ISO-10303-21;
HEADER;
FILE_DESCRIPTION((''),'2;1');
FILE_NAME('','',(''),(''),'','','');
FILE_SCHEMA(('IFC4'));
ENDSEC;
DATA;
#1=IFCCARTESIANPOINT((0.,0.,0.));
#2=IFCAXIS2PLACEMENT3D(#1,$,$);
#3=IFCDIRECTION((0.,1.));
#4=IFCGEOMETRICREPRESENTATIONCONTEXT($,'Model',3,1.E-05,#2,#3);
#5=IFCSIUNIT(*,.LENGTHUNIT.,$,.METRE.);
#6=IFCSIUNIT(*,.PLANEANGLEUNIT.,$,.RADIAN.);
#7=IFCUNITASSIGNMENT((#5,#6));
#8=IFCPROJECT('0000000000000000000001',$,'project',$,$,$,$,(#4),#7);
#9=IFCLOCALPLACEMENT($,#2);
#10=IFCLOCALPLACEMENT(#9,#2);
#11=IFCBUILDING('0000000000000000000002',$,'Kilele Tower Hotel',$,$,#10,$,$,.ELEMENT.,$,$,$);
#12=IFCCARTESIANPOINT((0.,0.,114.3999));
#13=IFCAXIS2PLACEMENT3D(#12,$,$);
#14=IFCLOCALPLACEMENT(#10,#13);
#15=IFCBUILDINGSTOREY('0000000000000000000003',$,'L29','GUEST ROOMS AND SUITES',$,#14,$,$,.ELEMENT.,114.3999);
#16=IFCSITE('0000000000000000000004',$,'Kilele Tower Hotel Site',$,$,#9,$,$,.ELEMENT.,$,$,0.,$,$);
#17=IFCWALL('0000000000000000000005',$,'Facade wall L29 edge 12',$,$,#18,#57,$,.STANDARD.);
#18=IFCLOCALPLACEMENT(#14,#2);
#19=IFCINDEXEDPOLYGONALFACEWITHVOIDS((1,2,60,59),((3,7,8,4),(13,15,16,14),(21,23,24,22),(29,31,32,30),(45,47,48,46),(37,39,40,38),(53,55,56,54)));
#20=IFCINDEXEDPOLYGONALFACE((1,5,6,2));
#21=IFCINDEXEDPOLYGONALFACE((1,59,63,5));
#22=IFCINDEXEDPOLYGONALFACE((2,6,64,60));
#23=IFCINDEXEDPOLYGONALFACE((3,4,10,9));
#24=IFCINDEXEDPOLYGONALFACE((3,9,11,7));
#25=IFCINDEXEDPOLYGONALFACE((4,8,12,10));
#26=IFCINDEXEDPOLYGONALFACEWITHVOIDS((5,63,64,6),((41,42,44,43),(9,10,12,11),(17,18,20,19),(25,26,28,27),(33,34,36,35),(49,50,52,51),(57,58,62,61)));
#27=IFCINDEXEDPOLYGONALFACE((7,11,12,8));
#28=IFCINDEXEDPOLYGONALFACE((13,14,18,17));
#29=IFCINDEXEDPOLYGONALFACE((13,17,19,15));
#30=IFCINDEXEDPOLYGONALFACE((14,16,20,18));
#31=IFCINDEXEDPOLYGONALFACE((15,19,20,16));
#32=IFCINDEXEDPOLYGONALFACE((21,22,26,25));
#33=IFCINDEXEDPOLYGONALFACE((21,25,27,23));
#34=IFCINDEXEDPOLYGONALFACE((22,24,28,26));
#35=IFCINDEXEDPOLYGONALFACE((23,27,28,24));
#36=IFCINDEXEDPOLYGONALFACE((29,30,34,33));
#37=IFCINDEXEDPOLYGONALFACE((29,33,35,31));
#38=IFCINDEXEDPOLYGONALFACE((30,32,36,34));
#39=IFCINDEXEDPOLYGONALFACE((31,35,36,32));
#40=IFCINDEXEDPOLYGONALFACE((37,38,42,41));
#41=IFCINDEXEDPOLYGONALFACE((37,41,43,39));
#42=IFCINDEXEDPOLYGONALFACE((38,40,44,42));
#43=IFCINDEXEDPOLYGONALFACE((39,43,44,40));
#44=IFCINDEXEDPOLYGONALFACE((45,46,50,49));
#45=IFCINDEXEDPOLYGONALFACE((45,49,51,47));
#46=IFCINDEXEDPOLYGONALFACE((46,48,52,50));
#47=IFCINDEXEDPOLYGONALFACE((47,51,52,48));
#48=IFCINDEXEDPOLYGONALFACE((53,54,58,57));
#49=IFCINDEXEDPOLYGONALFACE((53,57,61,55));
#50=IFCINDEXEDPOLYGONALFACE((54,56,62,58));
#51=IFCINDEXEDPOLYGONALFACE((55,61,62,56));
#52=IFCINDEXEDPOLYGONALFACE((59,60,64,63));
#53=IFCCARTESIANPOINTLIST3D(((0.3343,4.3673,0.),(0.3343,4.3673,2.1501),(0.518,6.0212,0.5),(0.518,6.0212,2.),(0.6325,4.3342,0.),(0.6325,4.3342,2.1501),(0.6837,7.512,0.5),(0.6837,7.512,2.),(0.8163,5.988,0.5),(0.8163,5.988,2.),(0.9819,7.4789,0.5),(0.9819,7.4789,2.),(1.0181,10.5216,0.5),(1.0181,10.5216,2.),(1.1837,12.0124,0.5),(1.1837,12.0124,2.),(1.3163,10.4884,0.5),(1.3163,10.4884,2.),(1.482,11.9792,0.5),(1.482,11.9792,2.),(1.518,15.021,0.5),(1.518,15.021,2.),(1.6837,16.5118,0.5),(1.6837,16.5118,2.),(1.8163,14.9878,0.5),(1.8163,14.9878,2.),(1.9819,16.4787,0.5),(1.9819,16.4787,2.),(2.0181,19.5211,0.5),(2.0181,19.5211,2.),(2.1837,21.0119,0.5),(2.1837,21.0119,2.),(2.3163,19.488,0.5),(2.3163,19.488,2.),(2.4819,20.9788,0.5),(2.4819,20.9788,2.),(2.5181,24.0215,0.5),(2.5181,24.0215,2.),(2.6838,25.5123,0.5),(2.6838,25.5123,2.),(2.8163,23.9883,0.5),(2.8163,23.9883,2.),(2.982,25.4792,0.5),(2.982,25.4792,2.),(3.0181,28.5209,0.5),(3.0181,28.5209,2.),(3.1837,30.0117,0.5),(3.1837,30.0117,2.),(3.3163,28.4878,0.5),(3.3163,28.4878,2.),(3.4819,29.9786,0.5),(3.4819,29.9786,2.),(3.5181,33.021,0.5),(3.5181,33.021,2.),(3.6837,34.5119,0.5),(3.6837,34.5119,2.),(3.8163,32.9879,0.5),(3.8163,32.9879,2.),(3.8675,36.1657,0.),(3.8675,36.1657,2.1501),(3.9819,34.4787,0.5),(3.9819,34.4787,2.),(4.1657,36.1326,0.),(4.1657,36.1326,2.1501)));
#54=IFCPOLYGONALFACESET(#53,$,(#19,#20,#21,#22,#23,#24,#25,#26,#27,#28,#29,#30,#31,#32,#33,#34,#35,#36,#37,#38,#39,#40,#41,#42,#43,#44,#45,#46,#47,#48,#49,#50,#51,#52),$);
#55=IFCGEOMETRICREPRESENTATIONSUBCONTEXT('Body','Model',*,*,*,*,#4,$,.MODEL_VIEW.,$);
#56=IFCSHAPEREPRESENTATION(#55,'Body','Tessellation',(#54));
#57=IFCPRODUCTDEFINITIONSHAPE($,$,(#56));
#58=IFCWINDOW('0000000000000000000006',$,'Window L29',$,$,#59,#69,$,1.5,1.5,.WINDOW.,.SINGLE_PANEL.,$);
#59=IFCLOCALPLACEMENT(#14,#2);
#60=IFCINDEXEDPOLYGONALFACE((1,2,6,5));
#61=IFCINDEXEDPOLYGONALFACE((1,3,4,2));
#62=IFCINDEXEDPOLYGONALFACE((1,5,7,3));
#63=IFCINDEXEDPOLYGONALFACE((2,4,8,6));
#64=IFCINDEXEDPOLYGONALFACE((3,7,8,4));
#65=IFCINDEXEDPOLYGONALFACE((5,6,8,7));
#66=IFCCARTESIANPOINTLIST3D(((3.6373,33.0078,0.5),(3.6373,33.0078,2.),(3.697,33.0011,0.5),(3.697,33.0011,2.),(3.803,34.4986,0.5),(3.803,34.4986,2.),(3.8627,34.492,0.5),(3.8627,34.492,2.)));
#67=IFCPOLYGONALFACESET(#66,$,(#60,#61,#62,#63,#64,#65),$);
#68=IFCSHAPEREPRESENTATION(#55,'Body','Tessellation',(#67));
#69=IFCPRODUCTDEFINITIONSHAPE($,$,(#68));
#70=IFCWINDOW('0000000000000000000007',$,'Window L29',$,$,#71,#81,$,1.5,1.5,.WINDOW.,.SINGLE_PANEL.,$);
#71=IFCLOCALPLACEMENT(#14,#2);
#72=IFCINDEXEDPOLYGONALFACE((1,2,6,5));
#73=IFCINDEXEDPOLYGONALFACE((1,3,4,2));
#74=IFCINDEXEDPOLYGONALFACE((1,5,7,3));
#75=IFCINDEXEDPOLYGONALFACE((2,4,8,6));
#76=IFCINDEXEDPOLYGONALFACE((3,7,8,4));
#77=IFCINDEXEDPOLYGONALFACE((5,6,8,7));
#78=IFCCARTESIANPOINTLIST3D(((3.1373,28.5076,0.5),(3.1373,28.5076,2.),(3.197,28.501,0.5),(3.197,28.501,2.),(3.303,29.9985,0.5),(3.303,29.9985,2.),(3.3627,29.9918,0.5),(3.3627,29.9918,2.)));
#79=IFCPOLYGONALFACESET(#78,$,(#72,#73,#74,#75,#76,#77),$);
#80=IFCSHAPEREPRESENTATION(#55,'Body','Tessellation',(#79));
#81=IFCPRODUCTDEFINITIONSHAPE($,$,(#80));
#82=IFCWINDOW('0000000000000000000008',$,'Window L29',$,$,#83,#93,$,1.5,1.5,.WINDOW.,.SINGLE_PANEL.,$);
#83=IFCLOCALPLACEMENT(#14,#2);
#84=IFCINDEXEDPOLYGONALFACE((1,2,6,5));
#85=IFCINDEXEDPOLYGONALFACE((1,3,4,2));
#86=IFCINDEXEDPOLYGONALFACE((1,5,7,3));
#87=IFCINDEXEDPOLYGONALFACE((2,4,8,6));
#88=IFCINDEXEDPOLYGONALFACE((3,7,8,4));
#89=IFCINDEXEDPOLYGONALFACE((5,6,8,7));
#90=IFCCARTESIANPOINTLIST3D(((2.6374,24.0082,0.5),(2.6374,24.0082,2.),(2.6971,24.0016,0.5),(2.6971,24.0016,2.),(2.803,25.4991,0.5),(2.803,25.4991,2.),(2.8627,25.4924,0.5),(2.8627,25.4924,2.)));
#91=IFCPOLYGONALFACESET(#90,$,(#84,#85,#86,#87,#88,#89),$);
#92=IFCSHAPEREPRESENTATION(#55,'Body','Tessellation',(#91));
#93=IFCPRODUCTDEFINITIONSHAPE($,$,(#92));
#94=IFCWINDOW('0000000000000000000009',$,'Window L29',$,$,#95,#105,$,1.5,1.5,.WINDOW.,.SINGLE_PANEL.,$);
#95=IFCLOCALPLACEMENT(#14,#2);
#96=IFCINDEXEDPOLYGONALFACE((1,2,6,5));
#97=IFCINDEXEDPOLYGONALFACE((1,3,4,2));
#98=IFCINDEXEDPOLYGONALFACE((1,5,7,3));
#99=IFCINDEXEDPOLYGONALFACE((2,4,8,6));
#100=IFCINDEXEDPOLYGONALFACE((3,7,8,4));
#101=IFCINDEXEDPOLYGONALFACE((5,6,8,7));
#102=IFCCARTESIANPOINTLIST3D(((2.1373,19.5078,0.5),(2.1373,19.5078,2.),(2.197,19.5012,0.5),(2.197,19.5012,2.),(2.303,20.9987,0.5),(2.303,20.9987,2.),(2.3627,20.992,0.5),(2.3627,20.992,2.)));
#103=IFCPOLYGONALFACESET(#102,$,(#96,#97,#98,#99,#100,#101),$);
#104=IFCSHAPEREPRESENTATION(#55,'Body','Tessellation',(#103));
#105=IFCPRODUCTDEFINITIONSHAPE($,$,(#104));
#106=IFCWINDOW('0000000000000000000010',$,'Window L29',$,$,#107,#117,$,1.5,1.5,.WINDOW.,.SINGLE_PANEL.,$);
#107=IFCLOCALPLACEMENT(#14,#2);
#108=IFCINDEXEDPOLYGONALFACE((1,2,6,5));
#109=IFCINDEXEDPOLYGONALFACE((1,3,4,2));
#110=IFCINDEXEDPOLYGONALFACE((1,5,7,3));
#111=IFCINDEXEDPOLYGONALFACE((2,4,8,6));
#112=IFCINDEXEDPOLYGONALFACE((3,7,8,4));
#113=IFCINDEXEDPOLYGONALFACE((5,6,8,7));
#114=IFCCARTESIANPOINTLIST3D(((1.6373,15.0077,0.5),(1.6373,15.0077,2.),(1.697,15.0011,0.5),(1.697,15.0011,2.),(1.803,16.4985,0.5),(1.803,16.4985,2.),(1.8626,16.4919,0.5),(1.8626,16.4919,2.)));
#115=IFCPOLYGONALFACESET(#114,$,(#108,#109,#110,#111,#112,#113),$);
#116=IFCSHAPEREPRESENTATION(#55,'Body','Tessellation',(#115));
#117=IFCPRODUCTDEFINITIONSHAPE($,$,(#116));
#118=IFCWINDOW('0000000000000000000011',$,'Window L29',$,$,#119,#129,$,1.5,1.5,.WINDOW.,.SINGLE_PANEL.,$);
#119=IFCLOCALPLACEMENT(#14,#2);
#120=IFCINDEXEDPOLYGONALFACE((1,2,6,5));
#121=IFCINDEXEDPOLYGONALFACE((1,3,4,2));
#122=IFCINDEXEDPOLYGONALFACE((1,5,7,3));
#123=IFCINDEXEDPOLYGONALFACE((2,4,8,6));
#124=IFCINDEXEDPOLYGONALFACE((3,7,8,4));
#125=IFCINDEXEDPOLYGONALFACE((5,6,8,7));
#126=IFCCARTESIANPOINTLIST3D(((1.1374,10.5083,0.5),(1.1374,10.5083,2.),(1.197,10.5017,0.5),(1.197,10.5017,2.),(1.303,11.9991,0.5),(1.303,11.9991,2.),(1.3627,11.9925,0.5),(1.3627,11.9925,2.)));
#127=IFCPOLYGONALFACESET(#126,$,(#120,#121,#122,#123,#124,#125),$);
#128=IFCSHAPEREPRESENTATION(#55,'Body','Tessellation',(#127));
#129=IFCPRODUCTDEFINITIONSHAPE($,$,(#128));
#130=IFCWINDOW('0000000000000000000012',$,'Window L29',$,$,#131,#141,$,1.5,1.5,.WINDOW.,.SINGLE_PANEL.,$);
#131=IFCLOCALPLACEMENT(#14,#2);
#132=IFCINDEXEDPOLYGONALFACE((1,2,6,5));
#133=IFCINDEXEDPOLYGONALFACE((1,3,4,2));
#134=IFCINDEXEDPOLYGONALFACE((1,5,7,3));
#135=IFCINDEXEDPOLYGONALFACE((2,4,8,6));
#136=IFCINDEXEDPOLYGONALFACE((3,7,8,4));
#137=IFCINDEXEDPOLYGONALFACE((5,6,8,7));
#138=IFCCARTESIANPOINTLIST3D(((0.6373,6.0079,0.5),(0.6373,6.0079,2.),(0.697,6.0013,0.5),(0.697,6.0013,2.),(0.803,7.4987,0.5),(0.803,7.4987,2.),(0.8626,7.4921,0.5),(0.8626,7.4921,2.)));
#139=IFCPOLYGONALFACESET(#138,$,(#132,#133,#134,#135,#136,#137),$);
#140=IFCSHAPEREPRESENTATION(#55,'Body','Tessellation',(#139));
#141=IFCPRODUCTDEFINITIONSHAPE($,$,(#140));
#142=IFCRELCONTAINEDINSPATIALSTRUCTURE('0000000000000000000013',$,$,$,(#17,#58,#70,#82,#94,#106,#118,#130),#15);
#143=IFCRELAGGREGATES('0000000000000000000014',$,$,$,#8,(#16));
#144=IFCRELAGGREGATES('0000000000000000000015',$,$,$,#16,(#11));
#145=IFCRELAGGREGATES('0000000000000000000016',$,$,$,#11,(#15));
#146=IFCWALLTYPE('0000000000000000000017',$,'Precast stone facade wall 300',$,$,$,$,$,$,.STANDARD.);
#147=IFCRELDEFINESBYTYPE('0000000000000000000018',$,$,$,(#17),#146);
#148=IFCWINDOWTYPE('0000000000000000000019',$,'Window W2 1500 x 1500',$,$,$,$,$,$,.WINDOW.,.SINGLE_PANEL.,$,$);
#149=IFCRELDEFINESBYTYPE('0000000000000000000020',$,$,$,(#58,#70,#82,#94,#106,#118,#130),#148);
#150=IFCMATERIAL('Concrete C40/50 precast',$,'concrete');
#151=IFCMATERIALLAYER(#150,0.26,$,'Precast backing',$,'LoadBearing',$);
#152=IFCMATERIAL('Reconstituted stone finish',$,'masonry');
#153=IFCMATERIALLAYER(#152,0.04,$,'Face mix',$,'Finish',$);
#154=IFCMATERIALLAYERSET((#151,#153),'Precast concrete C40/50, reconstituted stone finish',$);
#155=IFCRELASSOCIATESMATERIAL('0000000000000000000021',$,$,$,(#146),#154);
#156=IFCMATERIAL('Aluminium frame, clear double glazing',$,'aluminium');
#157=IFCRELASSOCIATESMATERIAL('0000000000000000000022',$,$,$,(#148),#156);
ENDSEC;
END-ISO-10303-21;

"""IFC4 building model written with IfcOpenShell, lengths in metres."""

from ifc_helpers import new_model, si_unit, direction, frame, frame_2d, origin, place, context, subcontext, project, spatial, rectangle, extrude, material, layer, layer_set, type_object, element, fill, save


model = new_model("IFC4")

# Units and contexts
model_context = context("Model", 3, precision=1e-05, world=origin(), true_north=direction((0.0, 1.0)))
body_context = subcontext(model_context, "Body", "Model", "MODEL_VIEW")
ifc_project = project(units=[si_unit("LENGTHUNIT", "METRE"), si_unit("PLANEANGLEUNIT", "RADIAN")], contexts=[model_context])

# Site, building, storey
site_placement = place(None, origin())
site = spatial("IfcSite", under=ifc_project, at=site_placement, Name="Kilele Tower Hotel Site", CompositionType="ELEMENT", RefElevation=0.0)
building_placement = place(site_placement, origin())
building = spatial("IfcBuilding", under=site, at=building_placement, Name="Kilele Tower Hotel", CompositionType="ELEMENT")
storey_placement = place(building_placement, frame((0.0, 0.0, 114.3999)))
storey = spatial("IfcBuildingStorey", under=building, at=storey_placement, Name="L29", Description="GUEST ROOMS AND SUITES", CompositionType="ELEMENT", Elevation=114.3999)

# Shared definitions
ifc_material_1 = material(Name="Concrete C40/50 precast", Category="concrete")
ifc_layer_1 = layer(ifc_material_1, 0.26, Name="Precast backing", Category="LoadBearing")
ifc_material_2 = material(Name="Reconstituted stone finish", Category="masonry")
ifc_layer_2 = layer(ifc_material_2, 0.04, Name="Face mix", Category="Finish")
ifc_layer_set_1 = layer_set([ifc_layer_1, ifc_layer_2], Name="Precast concrete C40/50, reconstituted stone finish")
wall_type_1 = type_object("IfcWallType", Name="Precast stone facade wall 300", PredefinedType="STANDARD", material=ifc_layer_set_1)
ifc_material_3 = material(Name="Aluminium frame, clear double glazing", Category="aluminium")
window_type_1 = type_object("IfcWindowType", Name="Window W2 1500 x 1500", PartitioningType="SINGLE_PANEL", PredefinedType="WINDOW", material=ifc_material_3)

# Wall, openings, windows
wall_1_placement = place(storey_placement, frame((4.0166, 36.1492, 0.0), z_axis=(0.0, 0.0, 1.0), x_axis=(-0.110433, -0.993884, 0.0)))
wall_1 = element("IfcWall", 1, at=wall_1_placement, inside=storey, type_object=wall_type_1, Name="Facade wall L29 edge 12", PredefinedType="STANDARD", context=body_context, shape_type="SweptSolid", body=[
    extrude(rectangle(XDim=31.9941, YDim=0.3, at=frame_2d((15.9971, 0.0))), origin(), (0.0, 0.0, 1.0), 2.1501),
])
opening_1_placement = place(wall_1_placement, frame((1.6641, 0.0, 0.5)))
opening_1 = element("IfcOpeningElement", 2, at=opening_1_placement, cuts=wall_1, PredefinedType="OPENING", context=body_context, shape_type="SweptSolid", body=[
    extrude(rectangle(XDim=1.5, YDim=1.5, at=frame_2d((0.75, 0.75))), frame((0.0, 0.1599, 0.0), z_axis=(0.0, -1.0, 0.0), x_axis=(1.0, 0.0, 0.0)), (0.0, 0.0, 1.0), 0.3201),
])
opening_2_placement = place(wall_1_placement, frame((6.1919, 0.0, 0.5)))
opening_2 = element("IfcOpeningElement", 3, at=opening_2_placement, cuts=wall_1, PredefinedType="OPENING", context=body_context, shape_type="SweptSolid", body=[
    extrude(rectangle(XDim=1.5, YDim=1.5, at=frame_2d((0.75, 0.75))), frame((0.0, 0.1599, 0.0), z_axis=(0.0, -1.0, 0.0), x_axis=(1.0, 0.0, 0.0)), (0.0, 0.0, 1.0), 0.3201),
])
opening_3_placement = place(wall_1_placement, frame((10.719, 0.0, 0.5)))
opening_3 = element("IfcOpeningElement", 4, at=opening_3_placement, cuts=wall_1, PredefinedType="OPENING", context=body_context, shape_type="SweptSolid", body=[
    extrude(rectangle(XDim=1.5, YDim=1.5, at=frame_2d((0.75, 0.75))), frame((0.0, 0.1599, 0.0), z_axis=(0.0, -1.0, 0.0), x_axis=(1.0, 0.0, 0.0)), (0.0, 0.0, 1.0), 0.3201),
])
opening_4_placement = place(wall_1_placement, frame((15.2471, 0.0, 0.5)))
opening_4 = element("IfcOpeningElement", 5, at=opening_4_placement, cuts=wall_1, PredefinedType="OPENING", context=body_context, shape_type="SweptSolid", body=[
    extrude(rectangle(XDim=1.5, YDim=1.5, at=frame_2d((0.75, 0.75))), frame((0.0, 0.1599, 0.0), z_axis=(0.0, -1.0, 0.0), x_axis=(1.0, 0.0, 0.0)), (0.0, 0.0, 1.0), 0.3201),
])
opening_5_placement = place(wall_1_placement, frame((19.7749, 0.0, 0.5)))
opening_5 = element("IfcOpeningElement", 6, at=opening_5_placement, cuts=wall_1, PredefinedType="OPENING", context=body_context, shape_type="SweptSolid", body=[
    extrude(rectangle(XDim=1.5, YDim=1.5, at=frame_2d((0.75, 0.75))), frame((0.0, 0.1599, 0.0), z_axis=(0.0, -1.0, 0.0), x_axis=(1.0, 0.0, 0.0)), (0.0, 0.0, 1.0), 0.3201),
])
opening_6_placement = place(wall_1_placement, frame((24.302, 0.0, 0.5)))
opening_6 = element("IfcOpeningElement", 7, at=opening_6_placement, cuts=wall_1, PredefinedType="OPENING", context=body_context, shape_type="SweptSolid", body=[
    extrude(rectangle(XDim=1.5, YDim=1.5, at=frame_2d((0.75, 0.75))), frame((0.0, 0.1599, 0.0), z_axis=(0.0, -1.0, 0.0), x_axis=(1.0, 0.0, 0.0)), (0.0, 0.0, 1.0), 0.3201),
])
opening_7_placement = place(wall_1_placement, frame((28.8301, 0.0, 0.5)))
opening_7 = element("IfcOpeningElement", 8, at=opening_7_placement, cuts=wall_1, PredefinedType="OPENING", context=body_context, shape_type="SweptSolid", body=[
    extrude(rectangle(XDim=1.5, YDim=1.5, at=frame_2d((0.75, 0.75))), frame((0.0, 0.1599, 0.0), z_axis=(0.0, -1.0, 0.0), x_axis=(1.0, 0.0, 0.0)), (0.0, 0.0, 1.0), 0.3201),
])
window_1_placement = place(opening_1_placement, origin())
window_1 = element("IfcWindow", 9, at=window_1_placement, inside=storey, type_object=window_type_1, Name="Window L29", OverallHeight=1.5, OverallWidth=1.5, PartitioningType="SINGLE_PANEL", PredefinedType="WINDOW", context=body_context, shape_type="SweptSolid", body=[
    extrude(rectangle(XDim=1.5, YDim=1.5, at=frame_2d((0.75, 0.75))), frame((0.0, 0.03, 0.0), z_axis=(0.0, -1.0, 0.0), x_axis=(1.0, 0.0, 0.0)), (0.0, 0.0, 1.0), 0.0601),
])
fill(opening_1, window_1)
window_2_placement = place(opening_2_placement, origin())
window_2 = element("IfcWindow", 10, at=window_2_placement, inside=storey, type_object=window_type_1, Name="Window L29", OverallHeight=1.5, OverallWidth=1.5, PartitioningType="SINGLE_PANEL", PredefinedType="WINDOW", context=body_context, shape_type="SweptSolid", body=[
    extrude(rectangle(XDim=1.5, YDim=1.5, at=frame_2d((0.75, 0.75))), frame((0.0, 0.03, 0.0), z_axis=(0.0, -1.0, 0.0), x_axis=(1.0, 0.0, 0.0)), (0.0, 0.0, 1.0), 0.0601),
])
fill(opening_2, window_2)
window_3_placement = place(opening_3_placement, origin())
window_3 = element("IfcWindow", 11, at=window_3_placement, inside=storey, type_object=window_type_1, Name="Window L29", OverallHeight=1.5, OverallWidth=1.5, PartitioningType="SINGLE_PANEL", PredefinedType="WINDOW", context=body_context, shape_type="SweptSolid", body=[
    extrude(rectangle(XDim=1.5, YDim=1.5, at=frame_2d((0.75, 0.75))), frame((0.0, 0.03, 0.0), z_axis=(0.0, -1.0, 0.0), x_axis=(1.0, 0.0, 0.0)), (0.0, 0.0, 1.0), 0.0601),
])
fill(opening_3, window_3)
window_4_placement = place(opening_4_placement, origin())
window_4 = element("IfcWindow", 12, at=window_4_placement, inside=storey, type_object=window_type_1, Name="Window L29", OverallHeight=1.5, OverallWidth=1.5, PartitioningType="SINGLE_PANEL", PredefinedType="WINDOW", context=body_context, shape_type="SweptSolid", body=[
    extrude(rectangle(XDim=1.5, YDim=1.5, at=frame_2d((0.75, 0.75))), frame((0.0, 0.03, 0.0), z_axis=(0.0, -1.0, 0.0), x_axis=(1.0, 0.0, 0.0)), (0.0, 0.0, 1.0), 0.0601),
])
fill(opening_4, window_4)
window_5_placement = place(opening_5_placement, origin())
window_5 = element("IfcWindow", 13, at=window_5_placement, inside=storey, type_object=window_type_1, Name="Window L29", OverallHeight=1.5, OverallWidth=1.5, PartitioningType="SINGLE_PANEL", PredefinedType="WINDOW", context=body_context, shape_type="SweptSolid", body=[
    extrude(rectangle(XDim=1.5, YDim=1.5, at=frame_2d((0.75, 0.75))), frame((0.0, 0.03, 0.0), z_axis=(0.0, -1.0, 0.0), x_axis=(1.0, 0.0, 0.0)), (0.0, 0.0, 1.0), 0.0601),
])
fill(opening_5, window_5)
window_6_placement = place(opening_6_placement, origin())
window_6 = element("IfcWindow", 14, at=window_6_placement, inside=storey, type_object=window_type_1, Name="Window L29", OverallHeight=1.5, OverallWidth=1.5, PartitioningType="SINGLE_PANEL", PredefinedType="WINDOW", context=body_context, shape_type="SweptSolid", body=[
    extrude(rectangle(XDim=1.5, YDim=1.5, at=frame_2d((0.75, 0.75))), frame((0.0, 0.03, 0.0), z_axis=(0.0, -1.0, 0.0), x_axis=(1.0, 0.0, 0.0)), (0.0, 0.0, 1.0), 0.0601),
])
fill(opening_6, window_6)
window_7_placement = place(opening_7_placement, origin())
window_7 = element("IfcWindow", 15, at=window_7_placement, inside=storey, type_object=window_type_1, Name="Window L29", OverallHeight=1.5, OverallWidth=1.5, PartitioningType="SINGLE_PANEL", PredefinedType="WINDOW", context=body_context, shape_type="SweptSolid", body=[
    extrude(rectangle(XDim=1.5, YDim=1.5, at=frame_2d((0.75, 0.75))), frame((0.0, 0.03, 0.0), z_axis=(0.0, -1.0, 0.0), x_axis=(1.0, 0.0, 0.0)), (0.0, 0.0, 1.0), 0.0601),
])
fill(opening_7, window_7)

save(model, "model.ifc")
